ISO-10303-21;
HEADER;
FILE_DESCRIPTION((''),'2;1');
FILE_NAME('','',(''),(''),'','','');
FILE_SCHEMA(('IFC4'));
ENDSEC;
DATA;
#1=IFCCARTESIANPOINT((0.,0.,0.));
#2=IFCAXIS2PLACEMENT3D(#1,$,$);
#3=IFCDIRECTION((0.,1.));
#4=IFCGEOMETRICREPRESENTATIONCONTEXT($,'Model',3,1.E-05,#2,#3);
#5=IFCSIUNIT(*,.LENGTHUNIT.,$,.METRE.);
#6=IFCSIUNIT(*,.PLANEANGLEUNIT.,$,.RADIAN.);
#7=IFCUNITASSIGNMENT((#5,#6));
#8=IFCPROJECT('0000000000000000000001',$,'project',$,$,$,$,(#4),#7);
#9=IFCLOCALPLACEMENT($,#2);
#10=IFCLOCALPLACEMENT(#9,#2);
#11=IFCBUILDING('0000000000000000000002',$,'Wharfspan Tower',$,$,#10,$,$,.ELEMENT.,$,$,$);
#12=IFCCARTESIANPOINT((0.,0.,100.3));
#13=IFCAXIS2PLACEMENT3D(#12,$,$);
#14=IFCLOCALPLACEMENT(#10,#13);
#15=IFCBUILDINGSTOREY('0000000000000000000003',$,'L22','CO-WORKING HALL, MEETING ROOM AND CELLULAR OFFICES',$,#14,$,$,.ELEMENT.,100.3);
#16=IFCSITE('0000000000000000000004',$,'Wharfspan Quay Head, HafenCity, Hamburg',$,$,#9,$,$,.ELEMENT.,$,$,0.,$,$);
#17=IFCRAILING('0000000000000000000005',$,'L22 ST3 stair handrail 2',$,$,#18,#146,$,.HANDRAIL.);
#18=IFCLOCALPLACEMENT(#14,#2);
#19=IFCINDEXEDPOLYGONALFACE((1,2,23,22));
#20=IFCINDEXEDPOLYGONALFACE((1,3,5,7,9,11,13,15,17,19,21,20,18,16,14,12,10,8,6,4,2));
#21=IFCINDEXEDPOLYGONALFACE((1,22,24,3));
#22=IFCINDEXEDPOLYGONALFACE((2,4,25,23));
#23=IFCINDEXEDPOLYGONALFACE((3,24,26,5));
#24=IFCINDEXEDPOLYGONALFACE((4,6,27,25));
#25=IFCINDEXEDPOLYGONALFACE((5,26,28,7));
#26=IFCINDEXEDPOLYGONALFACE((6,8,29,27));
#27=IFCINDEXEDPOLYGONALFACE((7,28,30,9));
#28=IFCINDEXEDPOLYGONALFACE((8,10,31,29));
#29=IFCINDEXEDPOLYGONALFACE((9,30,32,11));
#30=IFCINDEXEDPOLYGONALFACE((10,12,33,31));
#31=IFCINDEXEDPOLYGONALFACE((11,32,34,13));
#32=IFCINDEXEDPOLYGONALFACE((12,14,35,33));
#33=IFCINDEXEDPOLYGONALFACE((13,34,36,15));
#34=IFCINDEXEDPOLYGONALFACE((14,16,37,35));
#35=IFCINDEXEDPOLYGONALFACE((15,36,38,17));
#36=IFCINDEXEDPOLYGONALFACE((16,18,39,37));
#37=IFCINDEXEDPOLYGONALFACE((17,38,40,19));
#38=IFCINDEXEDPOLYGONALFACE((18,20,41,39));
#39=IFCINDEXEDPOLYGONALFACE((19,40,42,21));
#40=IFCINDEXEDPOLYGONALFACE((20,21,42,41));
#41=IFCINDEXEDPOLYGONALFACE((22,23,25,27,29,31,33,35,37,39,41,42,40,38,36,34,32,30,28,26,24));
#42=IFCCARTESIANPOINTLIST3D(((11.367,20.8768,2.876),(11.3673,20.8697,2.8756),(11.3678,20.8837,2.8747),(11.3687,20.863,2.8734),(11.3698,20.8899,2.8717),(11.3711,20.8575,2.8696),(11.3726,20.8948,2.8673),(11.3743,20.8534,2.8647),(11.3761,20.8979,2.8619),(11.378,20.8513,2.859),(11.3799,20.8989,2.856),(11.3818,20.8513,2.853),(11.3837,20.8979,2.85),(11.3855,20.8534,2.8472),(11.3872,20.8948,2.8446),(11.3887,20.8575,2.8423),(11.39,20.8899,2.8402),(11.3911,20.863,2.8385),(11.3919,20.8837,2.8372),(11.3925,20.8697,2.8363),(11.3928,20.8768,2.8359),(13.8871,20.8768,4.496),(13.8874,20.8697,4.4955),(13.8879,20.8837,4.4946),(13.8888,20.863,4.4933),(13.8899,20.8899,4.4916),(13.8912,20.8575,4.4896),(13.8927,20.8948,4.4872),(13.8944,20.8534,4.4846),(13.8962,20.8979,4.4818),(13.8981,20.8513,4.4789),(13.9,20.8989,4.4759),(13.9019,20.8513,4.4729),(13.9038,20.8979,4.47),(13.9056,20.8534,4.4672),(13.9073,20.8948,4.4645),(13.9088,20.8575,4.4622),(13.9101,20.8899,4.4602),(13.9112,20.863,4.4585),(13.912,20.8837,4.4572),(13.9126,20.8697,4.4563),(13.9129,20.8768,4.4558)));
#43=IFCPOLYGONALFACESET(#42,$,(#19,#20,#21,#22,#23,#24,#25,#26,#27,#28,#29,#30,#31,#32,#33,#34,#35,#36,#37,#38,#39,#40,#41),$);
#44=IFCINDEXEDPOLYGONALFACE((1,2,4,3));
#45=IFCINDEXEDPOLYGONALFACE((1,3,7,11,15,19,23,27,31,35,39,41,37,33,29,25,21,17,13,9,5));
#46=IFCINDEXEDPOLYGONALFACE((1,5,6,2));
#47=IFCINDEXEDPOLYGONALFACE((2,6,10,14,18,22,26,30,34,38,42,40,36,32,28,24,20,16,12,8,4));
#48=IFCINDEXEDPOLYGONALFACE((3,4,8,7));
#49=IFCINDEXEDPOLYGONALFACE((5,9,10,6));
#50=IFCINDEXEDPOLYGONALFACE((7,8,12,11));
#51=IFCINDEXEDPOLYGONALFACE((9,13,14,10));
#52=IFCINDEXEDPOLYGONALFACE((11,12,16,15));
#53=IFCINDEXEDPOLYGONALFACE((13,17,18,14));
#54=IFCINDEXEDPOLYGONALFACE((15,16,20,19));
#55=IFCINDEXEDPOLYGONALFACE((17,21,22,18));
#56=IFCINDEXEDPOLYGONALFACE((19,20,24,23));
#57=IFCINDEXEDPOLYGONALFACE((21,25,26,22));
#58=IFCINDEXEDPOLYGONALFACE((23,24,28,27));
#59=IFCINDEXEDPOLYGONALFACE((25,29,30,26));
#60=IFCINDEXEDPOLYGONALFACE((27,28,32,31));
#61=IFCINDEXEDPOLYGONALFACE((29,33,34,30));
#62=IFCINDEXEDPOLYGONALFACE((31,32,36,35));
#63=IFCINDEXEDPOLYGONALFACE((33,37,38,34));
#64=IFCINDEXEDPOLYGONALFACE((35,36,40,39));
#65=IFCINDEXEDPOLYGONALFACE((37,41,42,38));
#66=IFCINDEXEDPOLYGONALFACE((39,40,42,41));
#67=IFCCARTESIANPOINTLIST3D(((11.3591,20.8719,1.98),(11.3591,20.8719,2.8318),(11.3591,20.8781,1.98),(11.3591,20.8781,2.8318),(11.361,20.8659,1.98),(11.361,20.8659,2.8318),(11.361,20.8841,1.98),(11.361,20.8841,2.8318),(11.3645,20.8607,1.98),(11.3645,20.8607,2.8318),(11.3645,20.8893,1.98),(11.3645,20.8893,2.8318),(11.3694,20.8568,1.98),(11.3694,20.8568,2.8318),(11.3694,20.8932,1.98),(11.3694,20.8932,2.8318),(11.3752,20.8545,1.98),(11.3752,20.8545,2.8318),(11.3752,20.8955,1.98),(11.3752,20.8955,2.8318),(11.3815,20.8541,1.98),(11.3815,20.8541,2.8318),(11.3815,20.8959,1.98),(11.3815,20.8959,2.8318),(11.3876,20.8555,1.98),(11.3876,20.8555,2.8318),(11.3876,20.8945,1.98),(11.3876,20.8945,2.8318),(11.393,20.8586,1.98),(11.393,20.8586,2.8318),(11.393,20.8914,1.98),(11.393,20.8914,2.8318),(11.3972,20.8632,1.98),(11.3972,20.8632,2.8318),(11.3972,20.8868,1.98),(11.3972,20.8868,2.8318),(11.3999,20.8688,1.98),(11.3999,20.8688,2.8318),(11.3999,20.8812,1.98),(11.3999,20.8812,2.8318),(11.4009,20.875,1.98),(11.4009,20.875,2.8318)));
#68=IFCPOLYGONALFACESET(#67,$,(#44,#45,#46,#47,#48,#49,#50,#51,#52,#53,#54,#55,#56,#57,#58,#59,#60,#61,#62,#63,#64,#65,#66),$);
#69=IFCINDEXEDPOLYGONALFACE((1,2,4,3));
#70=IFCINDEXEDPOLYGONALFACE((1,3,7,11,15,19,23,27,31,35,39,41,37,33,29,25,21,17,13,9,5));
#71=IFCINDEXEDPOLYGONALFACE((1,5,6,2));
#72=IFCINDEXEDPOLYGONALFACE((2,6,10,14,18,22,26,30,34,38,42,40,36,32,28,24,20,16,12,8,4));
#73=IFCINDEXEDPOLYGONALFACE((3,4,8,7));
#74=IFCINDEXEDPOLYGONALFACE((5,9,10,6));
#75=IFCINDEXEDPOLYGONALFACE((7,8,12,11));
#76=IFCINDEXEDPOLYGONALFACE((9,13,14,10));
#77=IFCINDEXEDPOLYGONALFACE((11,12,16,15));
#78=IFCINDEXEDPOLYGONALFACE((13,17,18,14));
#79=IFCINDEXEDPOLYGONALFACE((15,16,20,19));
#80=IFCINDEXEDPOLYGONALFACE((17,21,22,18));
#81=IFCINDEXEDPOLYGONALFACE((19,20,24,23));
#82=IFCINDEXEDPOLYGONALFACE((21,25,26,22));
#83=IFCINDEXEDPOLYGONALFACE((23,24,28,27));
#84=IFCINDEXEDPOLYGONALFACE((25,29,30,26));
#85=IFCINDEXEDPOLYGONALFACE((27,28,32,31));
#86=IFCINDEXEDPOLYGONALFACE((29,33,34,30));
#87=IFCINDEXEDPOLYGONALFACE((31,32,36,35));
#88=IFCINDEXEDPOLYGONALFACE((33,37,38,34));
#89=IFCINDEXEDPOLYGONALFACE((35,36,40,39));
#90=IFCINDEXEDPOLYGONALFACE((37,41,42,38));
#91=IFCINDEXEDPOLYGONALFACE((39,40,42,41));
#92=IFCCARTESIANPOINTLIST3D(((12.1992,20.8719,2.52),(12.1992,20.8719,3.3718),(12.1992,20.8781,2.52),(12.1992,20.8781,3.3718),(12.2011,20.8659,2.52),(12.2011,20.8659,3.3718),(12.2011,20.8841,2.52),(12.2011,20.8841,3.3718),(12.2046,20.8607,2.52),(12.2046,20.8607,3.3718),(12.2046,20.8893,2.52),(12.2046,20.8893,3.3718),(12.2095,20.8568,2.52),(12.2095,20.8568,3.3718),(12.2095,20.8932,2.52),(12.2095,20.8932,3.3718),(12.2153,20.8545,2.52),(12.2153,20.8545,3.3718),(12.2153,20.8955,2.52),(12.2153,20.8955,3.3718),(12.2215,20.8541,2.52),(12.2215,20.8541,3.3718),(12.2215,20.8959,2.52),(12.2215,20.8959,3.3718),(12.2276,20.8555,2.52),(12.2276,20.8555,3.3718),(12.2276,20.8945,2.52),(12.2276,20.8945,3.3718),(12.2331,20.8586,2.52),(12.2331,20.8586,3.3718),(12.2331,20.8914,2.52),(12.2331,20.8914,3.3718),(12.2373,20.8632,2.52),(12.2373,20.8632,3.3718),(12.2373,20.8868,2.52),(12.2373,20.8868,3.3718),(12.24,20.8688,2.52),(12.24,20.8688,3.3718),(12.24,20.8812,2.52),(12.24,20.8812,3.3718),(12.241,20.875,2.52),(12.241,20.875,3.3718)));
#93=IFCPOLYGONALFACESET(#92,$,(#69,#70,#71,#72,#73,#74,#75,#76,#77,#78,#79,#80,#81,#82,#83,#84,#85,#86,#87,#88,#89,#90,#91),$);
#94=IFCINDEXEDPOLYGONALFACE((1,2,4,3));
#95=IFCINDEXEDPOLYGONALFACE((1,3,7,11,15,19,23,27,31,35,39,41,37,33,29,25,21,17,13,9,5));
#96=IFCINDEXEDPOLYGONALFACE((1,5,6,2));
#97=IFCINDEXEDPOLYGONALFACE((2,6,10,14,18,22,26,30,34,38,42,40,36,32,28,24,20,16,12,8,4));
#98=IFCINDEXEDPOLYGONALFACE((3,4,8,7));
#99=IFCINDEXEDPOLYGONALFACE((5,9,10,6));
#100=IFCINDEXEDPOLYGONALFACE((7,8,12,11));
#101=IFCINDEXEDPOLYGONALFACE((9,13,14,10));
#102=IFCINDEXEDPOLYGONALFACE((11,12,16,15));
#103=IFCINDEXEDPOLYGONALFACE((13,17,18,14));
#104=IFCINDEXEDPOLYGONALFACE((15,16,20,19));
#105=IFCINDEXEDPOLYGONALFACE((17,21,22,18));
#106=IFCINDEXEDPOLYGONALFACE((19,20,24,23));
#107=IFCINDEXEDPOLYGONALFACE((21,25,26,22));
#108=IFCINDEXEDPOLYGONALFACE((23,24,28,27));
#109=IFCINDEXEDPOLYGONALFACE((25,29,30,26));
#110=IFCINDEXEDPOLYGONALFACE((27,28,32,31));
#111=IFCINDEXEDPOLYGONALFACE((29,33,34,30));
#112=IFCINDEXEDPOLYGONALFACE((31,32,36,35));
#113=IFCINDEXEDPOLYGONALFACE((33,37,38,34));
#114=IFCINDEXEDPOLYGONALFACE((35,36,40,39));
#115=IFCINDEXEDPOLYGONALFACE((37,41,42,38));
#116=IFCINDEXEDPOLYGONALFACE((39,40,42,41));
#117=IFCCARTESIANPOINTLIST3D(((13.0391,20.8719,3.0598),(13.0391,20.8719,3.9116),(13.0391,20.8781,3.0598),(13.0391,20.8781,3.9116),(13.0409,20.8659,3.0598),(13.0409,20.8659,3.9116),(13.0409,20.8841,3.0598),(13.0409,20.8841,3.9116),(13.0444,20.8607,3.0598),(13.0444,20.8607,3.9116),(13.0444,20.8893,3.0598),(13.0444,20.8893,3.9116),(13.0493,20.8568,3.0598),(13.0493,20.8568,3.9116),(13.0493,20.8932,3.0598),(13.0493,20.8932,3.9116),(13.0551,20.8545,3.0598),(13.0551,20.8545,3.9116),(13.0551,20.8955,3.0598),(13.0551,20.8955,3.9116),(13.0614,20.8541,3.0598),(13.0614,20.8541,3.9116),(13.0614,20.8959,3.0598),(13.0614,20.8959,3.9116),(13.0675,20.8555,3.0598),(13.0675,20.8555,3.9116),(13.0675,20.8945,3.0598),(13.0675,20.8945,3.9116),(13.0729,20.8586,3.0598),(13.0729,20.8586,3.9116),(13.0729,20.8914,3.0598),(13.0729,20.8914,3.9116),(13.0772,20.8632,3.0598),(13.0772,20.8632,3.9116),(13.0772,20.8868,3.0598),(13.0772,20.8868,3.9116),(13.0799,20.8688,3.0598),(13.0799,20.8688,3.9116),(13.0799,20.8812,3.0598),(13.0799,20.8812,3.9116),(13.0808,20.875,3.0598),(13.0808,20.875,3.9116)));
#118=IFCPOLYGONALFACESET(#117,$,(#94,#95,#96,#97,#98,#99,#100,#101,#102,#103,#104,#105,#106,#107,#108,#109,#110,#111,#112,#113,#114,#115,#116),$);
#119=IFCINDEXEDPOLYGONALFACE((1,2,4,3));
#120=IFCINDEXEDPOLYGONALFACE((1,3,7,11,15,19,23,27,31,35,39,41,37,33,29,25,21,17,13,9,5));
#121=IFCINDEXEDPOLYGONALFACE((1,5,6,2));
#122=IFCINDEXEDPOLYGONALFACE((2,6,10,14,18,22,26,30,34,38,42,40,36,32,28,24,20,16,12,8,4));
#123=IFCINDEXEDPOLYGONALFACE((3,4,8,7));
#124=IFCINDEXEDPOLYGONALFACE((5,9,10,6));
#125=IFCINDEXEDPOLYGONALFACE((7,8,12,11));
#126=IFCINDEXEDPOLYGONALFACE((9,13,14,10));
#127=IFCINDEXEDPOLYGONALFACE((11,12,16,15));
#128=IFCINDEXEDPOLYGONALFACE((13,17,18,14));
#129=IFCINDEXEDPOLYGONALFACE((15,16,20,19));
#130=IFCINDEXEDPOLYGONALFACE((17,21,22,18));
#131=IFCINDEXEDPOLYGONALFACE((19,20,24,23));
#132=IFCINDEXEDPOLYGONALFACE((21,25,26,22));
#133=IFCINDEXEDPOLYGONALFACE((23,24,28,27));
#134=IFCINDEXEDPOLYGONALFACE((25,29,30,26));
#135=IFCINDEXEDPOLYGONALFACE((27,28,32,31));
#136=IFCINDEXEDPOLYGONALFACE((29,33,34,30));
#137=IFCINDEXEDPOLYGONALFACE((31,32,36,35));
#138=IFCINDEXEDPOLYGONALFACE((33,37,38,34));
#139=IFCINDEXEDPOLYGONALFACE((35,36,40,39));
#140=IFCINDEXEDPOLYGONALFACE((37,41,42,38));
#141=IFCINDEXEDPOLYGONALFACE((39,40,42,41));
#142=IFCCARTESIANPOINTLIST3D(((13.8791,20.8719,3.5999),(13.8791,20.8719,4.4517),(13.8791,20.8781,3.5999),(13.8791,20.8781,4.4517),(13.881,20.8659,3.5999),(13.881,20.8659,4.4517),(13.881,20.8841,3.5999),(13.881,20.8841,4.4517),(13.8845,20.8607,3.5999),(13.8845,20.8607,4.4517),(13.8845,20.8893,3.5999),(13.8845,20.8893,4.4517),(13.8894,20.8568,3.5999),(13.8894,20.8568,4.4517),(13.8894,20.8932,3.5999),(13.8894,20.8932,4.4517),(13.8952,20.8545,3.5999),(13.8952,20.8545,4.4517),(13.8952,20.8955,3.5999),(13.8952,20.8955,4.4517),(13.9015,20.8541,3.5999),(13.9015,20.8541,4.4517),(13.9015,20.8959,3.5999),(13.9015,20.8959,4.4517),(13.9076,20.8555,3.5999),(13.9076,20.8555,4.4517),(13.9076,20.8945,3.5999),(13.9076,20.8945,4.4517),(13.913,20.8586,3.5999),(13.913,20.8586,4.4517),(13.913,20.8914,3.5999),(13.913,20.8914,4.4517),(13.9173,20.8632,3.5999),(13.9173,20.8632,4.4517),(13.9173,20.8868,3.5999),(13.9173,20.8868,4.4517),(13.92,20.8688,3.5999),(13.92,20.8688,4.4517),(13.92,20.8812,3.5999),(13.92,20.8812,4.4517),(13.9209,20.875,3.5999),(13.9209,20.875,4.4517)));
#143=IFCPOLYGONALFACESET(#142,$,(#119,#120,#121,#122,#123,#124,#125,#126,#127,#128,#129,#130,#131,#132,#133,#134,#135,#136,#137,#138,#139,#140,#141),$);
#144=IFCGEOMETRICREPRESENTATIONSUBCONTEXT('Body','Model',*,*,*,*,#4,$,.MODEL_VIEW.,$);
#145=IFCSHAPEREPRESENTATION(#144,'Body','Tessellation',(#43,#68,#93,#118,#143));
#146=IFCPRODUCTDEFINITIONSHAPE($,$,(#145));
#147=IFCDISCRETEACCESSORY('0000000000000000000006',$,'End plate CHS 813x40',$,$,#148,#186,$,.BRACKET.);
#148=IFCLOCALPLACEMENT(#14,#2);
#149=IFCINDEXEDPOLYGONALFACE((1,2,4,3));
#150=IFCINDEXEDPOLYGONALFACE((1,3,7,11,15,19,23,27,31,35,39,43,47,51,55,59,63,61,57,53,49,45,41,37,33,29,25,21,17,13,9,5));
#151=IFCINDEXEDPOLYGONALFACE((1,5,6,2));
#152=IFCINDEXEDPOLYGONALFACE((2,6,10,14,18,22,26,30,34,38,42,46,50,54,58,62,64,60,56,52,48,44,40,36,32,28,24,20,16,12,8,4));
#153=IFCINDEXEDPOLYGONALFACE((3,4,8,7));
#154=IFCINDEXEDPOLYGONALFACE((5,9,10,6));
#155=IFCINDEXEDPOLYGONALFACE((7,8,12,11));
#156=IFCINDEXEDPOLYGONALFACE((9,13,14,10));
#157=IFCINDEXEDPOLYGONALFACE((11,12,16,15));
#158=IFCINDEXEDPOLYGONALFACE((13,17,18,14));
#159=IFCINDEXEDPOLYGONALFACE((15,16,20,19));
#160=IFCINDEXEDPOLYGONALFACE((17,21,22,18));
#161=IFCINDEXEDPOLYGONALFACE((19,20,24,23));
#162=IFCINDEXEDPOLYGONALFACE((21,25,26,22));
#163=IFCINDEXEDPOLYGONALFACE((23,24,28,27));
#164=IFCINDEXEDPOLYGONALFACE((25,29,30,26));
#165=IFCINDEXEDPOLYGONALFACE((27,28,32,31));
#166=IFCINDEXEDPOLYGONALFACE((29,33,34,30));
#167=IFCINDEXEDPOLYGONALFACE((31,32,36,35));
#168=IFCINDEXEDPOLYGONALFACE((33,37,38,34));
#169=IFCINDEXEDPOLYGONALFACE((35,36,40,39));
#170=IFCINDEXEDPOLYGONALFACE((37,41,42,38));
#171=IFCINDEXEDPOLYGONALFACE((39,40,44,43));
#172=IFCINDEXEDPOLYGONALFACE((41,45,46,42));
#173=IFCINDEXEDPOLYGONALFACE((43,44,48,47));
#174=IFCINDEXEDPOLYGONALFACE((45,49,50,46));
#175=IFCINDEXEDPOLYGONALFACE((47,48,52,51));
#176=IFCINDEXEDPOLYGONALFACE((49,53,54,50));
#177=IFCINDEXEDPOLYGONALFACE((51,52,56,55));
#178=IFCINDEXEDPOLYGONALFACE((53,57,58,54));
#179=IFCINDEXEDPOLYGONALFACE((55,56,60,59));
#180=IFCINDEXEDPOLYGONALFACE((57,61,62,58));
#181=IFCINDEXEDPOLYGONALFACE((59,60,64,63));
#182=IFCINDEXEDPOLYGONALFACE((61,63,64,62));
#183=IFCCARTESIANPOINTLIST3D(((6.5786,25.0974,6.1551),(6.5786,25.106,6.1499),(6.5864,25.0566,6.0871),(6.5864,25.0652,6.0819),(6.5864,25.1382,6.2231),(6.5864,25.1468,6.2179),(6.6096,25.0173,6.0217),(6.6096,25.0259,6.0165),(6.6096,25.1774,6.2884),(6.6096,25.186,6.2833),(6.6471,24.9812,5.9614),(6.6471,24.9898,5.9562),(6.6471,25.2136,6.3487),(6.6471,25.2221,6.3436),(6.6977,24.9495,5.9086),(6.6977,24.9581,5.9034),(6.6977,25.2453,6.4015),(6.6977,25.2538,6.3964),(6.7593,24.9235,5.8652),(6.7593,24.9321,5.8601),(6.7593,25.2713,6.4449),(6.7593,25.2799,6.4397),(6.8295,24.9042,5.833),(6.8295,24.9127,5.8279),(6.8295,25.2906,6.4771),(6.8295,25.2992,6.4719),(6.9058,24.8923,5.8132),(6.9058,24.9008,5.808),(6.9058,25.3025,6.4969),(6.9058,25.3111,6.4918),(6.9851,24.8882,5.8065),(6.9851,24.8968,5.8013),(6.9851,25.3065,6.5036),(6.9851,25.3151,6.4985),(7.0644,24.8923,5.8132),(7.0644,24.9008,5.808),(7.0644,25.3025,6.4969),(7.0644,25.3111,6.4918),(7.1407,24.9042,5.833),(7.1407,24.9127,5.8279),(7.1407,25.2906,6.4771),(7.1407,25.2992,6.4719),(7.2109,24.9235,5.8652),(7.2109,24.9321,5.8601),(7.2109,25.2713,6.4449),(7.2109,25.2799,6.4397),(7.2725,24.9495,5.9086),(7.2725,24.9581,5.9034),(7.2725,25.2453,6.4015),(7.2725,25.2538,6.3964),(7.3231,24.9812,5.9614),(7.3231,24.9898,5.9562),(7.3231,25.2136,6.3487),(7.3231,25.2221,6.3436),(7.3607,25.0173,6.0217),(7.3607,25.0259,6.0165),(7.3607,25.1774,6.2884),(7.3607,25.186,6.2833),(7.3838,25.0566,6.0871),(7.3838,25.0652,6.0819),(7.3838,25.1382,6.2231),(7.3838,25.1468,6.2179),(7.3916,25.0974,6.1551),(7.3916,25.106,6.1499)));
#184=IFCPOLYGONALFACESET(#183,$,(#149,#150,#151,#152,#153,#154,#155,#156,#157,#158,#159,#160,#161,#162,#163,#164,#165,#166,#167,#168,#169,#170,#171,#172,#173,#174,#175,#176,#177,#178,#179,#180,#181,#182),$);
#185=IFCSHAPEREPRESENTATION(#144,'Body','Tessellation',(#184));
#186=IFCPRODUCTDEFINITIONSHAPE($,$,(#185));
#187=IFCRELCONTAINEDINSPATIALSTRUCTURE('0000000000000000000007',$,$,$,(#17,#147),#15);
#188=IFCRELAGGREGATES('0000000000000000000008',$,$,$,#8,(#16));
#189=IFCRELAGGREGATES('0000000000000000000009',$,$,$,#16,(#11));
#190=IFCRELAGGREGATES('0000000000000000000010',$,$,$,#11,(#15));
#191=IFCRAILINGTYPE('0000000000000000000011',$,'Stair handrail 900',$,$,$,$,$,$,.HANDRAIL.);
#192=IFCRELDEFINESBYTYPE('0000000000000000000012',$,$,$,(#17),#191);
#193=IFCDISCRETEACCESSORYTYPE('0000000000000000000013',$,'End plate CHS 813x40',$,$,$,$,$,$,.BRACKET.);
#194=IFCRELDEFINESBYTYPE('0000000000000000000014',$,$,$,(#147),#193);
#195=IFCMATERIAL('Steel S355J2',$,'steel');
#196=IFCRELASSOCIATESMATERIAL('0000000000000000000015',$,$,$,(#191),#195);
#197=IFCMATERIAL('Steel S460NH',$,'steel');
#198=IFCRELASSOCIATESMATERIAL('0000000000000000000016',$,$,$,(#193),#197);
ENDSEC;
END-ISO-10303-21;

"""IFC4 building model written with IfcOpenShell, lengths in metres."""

from ifc_helpers import new_model, si_unit, direction, frame, origin, origin_2d, place, context, subcontext, project, spatial, circle, extrude, material, material_profile, profile_set, type_object, element, save


model = new_model("IFC4")

# Units and contexts
model_context = context("Model", 3, precision=1e-05, world=origin(), true_north=direction((0.0, 1.0)))
body_context = subcontext(model_context, "Body", "Model", "MODEL_VIEW")
ifc_project = project(units=[si_unit("LENGTHUNIT", "METRE"), si_unit("PLANEANGLEUNIT", "RADIAN")], contexts=[model_context])

# Site, building, storey
site_placement = place(None, origin())
site = spatial("IfcSite", under=ifc_project, at=site_placement, Name="Wharfspan Quay Head, HafenCity, Hamburg", CompositionType="ELEMENT", RefElevation=0.0)
building_placement = place(site_placement, origin())
building = spatial("IfcBuilding", under=site, at=building_placement, Name="Wharfspan Tower", CompositionType="ELEMENT")
storey_placement = place(building_placement, frame((0.0, 0.0, 100.3)))
storey = spatial("IfcBuildingStorey", under=building, at=storey_placement, Name="L22", Description="CO-WORKING HALL, MEETING ROOM AND CELLULAR OFFICES", CompositionType="ELEMENT", Elevation=100.3)

# Shared definitions
ifc_material_1 = material(Name="Steel S355J2", Category="steel")

# Shared definitions
ifc_material_2 = material(Name="Steel S460NH", Category="steel")

# Railing
railing_type = type_object("IfcRailingType", Name="Stair handrail 900", PredefinedType="HANDRAIL", material=ifc_material_1)
railing_placement = place(storey_placement, frame((11.3799, 20.875, 1.98)))
element("IfcRailing", 1, at=railing_placement, inside=storey, type_object=railing_type, Name="L22 ST3 stair handrail 2", PredefinedType="HANDRAIL", context=body_context, shape_type="SweptSolid", body=[
    extrude(circle(Radius=0.0239, at=origin_2d()), frame((0.0, 0.0, 0.876), z_axis=(0.8412, 0.0, 0.540725), x_axis=(0.0, 1.0, 0.0)), (0.0, 0.0, 1.0), 2.9958),
    extrude(circle(Radius=0.021, at=origin_2d()), origin(), (0.0, 0.0, 1.0), 0.8518),
    extrude(circle(Radius=0.021, at=origin_2d()), frame((0.8401, 0.0, 0.54)), (0.0, 0.0, 1.0), 0.8518),
    extrude(circle(Radius=0.021, at=origin_2d()), frame((1.6799, 0.0, 1.0798)), (0.0, 0.0, 1.0), 0.8518),
    extrude(circle(Radius=0.021, at=origin_2d()), frame((2.52, 0.0, 1.6199)), (0.0, 0.0, 1.0), 0.8518),
])

# Discrete accessory
ifc_material_profile_1 = material_profile(ifc_material_2, circle(Radius=0.4065, at=origin_2d()))
ifc_profile_set_1 = profile_set([ifc_material_profile_1], Name="Steel S460NH")
discrete_accessory_type = type_object("IfcDiscreteAccessoryType", Name="End plate CHS 813x40", PredefinedType="BRACKET", material=ifc_profile_set_1)
for number, where, z_axis, x_axis, name in (
    (2, (6.9851, 25.106, 6.1499), (0.0, -0.857493, 0.514496), (1.0, 0.0, 0.0), "End plate CHS 813x40"),
):
    element("IfcDiscreteAccessory", number, at=place(storey_placement, frame(where, z_axis=z_axis, x_axis=x_axis)), inside=storey, type_object=discrete_accessory_type, Name=name, PredefinedType="BRACKET", context=body_context, shape_type="SweptSolid", body=[
        extrude(circle(Radius=0.4065, at=origin_2d()), origin(), (0.0, 0.0, 1.0), 0.01),
    ])

save(model, "model.ifc")
